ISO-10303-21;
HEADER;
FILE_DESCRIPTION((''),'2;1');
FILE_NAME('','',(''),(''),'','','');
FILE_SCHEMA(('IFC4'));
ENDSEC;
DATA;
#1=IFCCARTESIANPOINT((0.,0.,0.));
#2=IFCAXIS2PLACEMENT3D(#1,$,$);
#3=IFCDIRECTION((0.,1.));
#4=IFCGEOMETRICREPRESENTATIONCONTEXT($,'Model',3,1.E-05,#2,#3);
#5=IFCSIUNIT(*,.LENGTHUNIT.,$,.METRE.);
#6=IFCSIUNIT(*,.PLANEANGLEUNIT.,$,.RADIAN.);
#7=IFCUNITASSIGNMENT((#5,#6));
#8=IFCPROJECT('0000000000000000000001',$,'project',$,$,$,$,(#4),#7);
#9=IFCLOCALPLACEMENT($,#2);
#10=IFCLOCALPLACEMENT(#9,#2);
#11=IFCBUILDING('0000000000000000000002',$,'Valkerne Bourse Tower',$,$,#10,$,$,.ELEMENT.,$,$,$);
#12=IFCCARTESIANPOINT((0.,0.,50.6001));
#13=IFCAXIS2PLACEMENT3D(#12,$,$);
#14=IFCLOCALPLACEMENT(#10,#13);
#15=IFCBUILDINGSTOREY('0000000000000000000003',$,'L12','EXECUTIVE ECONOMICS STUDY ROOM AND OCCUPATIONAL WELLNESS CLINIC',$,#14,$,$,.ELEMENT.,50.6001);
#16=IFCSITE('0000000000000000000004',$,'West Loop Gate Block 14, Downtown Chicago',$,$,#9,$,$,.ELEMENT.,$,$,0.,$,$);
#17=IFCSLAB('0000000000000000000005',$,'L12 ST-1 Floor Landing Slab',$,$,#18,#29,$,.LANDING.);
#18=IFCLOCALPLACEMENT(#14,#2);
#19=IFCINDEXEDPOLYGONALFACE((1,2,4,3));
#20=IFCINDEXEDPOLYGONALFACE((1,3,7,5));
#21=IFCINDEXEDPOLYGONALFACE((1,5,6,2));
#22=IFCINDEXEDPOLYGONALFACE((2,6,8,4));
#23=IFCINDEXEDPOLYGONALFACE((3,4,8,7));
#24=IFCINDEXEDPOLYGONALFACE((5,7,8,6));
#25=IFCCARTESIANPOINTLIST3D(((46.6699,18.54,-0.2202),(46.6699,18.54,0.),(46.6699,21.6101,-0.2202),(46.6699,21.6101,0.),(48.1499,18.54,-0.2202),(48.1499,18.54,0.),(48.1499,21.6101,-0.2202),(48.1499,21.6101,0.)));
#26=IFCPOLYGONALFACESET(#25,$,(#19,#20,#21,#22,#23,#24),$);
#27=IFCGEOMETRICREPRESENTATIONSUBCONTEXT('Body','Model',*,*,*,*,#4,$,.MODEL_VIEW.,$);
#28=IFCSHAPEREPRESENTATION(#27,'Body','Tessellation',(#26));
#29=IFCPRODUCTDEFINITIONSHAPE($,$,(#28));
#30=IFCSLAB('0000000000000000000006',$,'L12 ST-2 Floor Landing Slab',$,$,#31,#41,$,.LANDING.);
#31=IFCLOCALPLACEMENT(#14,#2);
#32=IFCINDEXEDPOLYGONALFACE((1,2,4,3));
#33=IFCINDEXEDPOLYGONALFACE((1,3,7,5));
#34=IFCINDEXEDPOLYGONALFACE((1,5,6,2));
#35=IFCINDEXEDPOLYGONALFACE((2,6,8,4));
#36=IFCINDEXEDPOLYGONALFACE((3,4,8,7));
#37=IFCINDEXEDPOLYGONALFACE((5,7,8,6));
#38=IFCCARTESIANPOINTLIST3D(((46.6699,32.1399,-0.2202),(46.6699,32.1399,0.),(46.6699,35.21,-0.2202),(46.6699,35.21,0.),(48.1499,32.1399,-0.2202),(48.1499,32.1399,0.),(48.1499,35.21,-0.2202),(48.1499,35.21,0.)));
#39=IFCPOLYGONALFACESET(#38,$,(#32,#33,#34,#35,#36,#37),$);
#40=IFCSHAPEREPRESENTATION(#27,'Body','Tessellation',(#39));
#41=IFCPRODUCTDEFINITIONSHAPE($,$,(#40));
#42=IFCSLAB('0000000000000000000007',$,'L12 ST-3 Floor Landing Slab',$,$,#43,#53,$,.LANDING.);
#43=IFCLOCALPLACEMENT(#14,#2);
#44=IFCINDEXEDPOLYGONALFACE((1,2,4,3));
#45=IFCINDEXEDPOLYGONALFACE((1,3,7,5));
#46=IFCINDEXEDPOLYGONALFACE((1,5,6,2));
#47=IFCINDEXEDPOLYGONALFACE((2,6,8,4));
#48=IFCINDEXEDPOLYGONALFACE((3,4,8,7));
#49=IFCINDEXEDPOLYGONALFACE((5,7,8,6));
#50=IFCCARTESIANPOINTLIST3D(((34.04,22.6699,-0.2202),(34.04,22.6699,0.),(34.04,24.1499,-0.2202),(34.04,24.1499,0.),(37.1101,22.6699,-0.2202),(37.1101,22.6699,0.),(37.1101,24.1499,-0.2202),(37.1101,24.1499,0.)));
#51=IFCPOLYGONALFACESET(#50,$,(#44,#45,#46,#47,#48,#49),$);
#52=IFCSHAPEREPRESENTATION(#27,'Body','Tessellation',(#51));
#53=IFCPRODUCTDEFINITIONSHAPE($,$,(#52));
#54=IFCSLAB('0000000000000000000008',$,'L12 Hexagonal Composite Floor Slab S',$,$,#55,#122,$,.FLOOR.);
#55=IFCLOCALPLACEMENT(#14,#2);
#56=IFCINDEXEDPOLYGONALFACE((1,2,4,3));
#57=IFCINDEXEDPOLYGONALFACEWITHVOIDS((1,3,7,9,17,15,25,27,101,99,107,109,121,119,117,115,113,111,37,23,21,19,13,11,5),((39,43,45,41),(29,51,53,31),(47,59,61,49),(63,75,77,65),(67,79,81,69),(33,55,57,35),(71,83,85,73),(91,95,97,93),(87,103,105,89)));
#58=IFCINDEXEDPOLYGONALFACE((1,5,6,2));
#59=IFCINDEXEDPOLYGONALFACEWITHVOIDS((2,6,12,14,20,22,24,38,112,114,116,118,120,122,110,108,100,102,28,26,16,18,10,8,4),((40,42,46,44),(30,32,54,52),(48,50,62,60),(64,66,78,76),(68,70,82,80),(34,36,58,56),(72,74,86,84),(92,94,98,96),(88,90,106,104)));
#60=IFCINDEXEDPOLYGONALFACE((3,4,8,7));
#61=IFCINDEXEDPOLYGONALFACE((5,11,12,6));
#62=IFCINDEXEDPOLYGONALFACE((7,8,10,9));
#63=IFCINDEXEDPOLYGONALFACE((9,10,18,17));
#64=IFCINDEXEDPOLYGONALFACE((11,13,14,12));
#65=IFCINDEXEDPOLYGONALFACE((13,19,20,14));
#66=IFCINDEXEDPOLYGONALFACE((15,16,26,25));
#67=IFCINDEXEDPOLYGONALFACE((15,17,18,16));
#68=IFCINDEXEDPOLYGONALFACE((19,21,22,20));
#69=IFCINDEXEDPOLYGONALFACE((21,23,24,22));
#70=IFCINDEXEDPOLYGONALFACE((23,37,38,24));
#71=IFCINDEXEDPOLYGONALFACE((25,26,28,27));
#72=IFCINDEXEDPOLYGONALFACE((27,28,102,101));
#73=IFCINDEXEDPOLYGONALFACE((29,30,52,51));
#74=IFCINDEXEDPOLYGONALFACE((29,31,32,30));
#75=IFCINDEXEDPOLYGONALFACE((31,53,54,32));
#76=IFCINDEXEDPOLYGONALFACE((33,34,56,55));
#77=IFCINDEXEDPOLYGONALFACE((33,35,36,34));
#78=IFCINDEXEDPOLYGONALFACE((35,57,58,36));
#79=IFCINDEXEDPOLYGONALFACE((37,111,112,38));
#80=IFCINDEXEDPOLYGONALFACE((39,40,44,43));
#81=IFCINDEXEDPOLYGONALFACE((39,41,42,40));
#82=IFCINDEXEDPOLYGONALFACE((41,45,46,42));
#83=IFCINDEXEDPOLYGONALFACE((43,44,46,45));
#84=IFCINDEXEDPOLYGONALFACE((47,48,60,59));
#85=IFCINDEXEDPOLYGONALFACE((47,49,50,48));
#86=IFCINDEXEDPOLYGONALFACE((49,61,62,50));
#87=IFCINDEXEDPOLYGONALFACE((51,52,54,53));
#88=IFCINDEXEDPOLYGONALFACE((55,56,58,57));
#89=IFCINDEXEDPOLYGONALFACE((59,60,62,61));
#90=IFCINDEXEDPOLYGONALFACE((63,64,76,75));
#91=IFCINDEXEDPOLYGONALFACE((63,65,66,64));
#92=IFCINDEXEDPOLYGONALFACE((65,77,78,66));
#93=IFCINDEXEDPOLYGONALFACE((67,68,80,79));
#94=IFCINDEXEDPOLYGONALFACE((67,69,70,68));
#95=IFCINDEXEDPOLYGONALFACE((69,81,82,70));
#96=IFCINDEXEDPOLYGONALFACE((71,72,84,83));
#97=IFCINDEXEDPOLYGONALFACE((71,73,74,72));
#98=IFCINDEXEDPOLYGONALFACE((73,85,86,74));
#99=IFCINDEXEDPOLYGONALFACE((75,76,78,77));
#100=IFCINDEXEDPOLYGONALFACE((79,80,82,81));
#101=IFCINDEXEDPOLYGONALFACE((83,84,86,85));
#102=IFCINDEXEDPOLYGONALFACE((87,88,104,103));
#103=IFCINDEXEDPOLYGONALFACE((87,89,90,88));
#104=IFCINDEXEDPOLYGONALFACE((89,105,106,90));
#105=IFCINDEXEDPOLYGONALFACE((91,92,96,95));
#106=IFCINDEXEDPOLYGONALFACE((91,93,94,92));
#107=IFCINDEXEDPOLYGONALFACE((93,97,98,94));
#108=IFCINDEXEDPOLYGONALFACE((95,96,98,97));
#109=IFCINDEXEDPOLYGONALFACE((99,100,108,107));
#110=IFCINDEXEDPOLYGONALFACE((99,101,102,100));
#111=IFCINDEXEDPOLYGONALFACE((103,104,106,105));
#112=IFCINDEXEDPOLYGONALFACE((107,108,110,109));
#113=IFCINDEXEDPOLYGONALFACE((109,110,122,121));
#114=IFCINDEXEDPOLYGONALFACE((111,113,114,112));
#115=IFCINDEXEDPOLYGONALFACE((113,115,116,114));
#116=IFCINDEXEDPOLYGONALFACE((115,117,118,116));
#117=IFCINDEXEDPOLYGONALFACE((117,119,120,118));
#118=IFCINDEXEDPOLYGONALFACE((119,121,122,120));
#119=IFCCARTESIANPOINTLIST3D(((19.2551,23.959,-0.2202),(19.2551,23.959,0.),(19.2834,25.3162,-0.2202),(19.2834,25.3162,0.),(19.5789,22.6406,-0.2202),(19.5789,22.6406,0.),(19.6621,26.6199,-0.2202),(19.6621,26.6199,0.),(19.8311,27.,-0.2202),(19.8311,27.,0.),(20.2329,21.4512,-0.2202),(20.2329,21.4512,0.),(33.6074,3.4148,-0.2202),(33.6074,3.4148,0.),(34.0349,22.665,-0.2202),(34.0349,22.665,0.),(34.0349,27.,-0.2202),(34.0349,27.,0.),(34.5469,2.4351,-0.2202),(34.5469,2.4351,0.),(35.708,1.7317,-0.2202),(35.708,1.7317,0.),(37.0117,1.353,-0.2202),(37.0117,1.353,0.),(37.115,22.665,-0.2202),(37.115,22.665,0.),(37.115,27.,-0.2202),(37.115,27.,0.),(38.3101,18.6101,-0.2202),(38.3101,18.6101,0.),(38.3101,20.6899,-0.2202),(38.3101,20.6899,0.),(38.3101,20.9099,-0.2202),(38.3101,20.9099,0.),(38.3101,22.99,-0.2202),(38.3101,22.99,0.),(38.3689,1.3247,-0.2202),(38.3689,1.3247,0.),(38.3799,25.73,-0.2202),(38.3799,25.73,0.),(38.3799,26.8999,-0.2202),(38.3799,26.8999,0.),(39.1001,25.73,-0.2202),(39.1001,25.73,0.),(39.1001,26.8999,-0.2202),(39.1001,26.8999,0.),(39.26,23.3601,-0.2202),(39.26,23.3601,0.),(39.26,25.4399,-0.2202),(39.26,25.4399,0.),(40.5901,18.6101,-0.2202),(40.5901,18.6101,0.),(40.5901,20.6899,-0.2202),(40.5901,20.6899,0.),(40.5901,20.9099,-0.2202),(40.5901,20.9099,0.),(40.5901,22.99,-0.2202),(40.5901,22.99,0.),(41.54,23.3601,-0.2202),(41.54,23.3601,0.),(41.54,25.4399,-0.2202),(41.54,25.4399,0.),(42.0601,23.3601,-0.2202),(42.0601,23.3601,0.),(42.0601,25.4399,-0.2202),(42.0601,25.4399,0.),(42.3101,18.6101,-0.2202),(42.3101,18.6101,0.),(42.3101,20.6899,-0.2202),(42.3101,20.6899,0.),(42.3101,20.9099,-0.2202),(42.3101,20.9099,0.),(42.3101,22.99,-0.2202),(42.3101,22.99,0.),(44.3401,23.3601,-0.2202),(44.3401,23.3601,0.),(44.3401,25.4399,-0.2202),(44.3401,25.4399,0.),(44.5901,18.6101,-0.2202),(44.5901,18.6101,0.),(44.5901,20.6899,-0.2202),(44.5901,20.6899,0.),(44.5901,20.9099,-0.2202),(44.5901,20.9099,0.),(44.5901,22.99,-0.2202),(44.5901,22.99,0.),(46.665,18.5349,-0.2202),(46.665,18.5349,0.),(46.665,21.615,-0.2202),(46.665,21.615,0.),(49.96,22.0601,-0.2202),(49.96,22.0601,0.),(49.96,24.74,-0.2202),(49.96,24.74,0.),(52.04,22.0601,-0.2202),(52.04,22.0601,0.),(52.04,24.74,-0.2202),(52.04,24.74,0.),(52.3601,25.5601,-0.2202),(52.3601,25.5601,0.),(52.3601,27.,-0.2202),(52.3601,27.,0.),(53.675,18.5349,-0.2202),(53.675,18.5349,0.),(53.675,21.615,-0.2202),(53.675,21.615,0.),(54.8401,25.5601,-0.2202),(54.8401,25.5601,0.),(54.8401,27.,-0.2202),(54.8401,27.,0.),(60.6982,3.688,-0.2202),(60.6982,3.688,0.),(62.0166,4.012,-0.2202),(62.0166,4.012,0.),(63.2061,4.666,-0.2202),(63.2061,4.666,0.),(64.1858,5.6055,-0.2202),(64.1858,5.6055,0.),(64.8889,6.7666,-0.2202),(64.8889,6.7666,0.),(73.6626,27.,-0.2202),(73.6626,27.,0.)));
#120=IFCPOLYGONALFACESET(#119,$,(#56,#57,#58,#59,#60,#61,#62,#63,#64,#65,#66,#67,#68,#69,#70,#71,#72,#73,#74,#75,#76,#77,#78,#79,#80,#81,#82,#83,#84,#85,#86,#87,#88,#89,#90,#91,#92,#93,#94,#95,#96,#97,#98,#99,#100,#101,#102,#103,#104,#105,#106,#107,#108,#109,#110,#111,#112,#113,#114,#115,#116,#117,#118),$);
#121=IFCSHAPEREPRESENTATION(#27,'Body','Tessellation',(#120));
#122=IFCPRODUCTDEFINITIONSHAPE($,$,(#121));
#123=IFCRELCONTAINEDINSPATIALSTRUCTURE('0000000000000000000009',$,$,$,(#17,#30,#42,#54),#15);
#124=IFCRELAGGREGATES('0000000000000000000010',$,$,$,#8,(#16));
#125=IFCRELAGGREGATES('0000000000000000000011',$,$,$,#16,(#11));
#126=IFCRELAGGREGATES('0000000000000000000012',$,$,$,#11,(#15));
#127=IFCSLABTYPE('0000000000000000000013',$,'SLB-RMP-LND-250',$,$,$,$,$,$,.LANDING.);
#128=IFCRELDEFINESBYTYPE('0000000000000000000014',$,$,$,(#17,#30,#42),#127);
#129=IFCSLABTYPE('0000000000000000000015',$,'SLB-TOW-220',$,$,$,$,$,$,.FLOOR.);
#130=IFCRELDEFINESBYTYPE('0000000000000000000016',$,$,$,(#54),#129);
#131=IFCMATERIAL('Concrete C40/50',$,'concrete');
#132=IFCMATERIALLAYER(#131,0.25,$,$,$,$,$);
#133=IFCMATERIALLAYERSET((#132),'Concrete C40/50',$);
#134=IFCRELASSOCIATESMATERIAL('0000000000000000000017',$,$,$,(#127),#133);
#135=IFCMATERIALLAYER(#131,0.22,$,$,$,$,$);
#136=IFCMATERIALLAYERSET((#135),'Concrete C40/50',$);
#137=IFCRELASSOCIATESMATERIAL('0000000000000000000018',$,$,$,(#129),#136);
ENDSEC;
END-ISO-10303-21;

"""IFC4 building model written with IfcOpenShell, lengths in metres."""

from ifc_helpers import new_model, si_unit, direction, frame, origin, place, context, subcontext, project, spatial, polyline, outline, extrude, material, layer, layer_set, type_object, element, save


model = new_model("IFC4")

# Units and contexts
model_context = context("Model", 3, precision=1e-05, world=origin(), true_north=direction((0.0, 1.0)))
body_context = subcontext(model_context, "Body", "Model", "MODEL_VIEW")
ifc_project = project(units=[si_unit("LENGTHUNIT", "METRE"), si_unit("PLANEANGLEUNIT", "RADIAN")], contexts=[model_context])

# Site, building, storey
site_placement = place(None, origin())
site = spatial("IfcSite", under=ifc_project, at=site_placement, Name="West Loop Gate Block 14, Downtown Chicago", CompositionType="ELEMENT", RefElevation=0.0)
building_placement = place(site_placement, origin())
building = spatial("IfcBuilding", under=site, at=building_placement, Name="Valkerne Bourse Tower", CompositionType="ELEMENT")
storey_placement = place(building_placement, frame((0.0, 0.0, 50.6001)))
storey = spatial("IfcBuildingStorey", under=building, at=storey_placement, Name="L12", Description="EXECUTIVE ECONOMICS STUDY ROOM AND OCCUPATIONAL WELLNESS CLINIC", CompositionType="ELEMENT", Elevation=50.6001)

# Slabs
ifc_material_1 = material(Name="Concrete C40/50", Category="concrete")
ifc_layer_1 = layer(ifc_material_1, 0.25)
ifc_layer_set_1 = layer_set([ifc_layer_1], Name="Concrete C40/50")
slab_type_1 = type_object("IfcSlabType", Name="SLB-RMP-LND-250", PredefinedType="LANDING", material=ifc_layer_set_1)
slab_1_placement = place(storey_placement, frame((0.0, 0.0, -0.2202)))
element("IfcSlab", 1, at=slab_1_placement, inside=storey, type_object=slab_type_1, Name="L12 ST-1 Floor Landing Slab", PredefinedType="LANDING", context=body_context, shape_type="SweptSolid", body=[
    extrude(outline(polyline([(46.6699, 18.54), (48.1499, 18.54), (48.1499, 21.6101), (46.6699, 21.6101), (46.6699, 18.54)])), origin(), (0.0, 0.0, 1.0), 0.2202),
])
slab_2_placement = place(storey_placement, frame((0.0, 0.0, -0.2202)))
element("IfcSlab", 2, at=slab_2_placement, inside=storey, type_object=slab_type_1, Name="L12 ST-2 Floor Landing Slab", PredefinedType="LANDING", context=body_context, shape_type="SweptSolid", body=[
    extrude(outline(polyline([(46.6699, 32.1399), (48.1499, 32.1399), (48.1499, 35.21), (46.6699, 35.21), (46.6699, 32.1399)])), origin(), (0.0, 0.0, 1.0), 0.2202),
])
slab_3_placement = place(storey_placement, frame((0.0, 0.0, -0.2202)))
element("IfcSlab", 3, at=slab_3_placement, inside=storey, type_object=slab_type_1, Name="L12 ST-3 Floor Landing Slab", PredefinedType="LANDING", context=body_context, shape_type="SweptSolid", body=[
    extrude(outline(polyline([(37.1101, 22.6699), (37.1101, 24.1499), (34.04, 24.1499), (34.04, 22.6699), (37.1101, 22.6699)])), origin(), (0.0, 0.0, 1.0), 0.2202),
])
ifc_layer_2 = layer(ifc_material_1, 0.22)
ifc_layer_set_2 = layer_set([ifc_layer_2], Name="Concrete C40/50")
slab_type_2 = type_object("IfcSlabType", Name="SLB-TOW-220", PredefinedType="FLOOR", material=ifc_layer_set_2)
slab_4_placement = place(storey_placement, frame((0.0, 0.0, -0.2202)))
element("IfcSlab", 4, at=slab_4_placement, inside=storey, type_object=slab_type_2, Name="L12 Hexagonal Composite Floor Slab S", PredefinedType="FLOOR", context=body_context, shape_type="SweptSolid", body=[
    extrude(outline(polyline([(64.1858, 5.6055), (63.2061, 4.666), (62.0166, 4.012), (60.6982, 3.688), (38.3689, 1.3247), (37.0117, 1.353), (35.708, 1.7317), (34.5469, 2.4351), (33.6074, 3.4148), (20.2329, 21.4512), (19.5789, 22.6406), (19.2551, 23.959), (19.2834, 25.3162), (19.6621, 26.6199), (19.8311, 27.0), (34.0349, 27.0), (34.0349, 22.665), (37.115, 22.665), (37.115, 27.0), (52.3601, 27.0), (52.3601, 25.5601), (54.8401, 25.5601), (54.8401, 27.0), (73.6626, 27.0), (64.8889, 6.7666), (64.1858, 5.6055)]), holes=[polyline([(40.5901, 20.6899), (38.3101, 20.6899), (38.3101, 18.6101), (40.5901, 18.6101), (40.5901, 20.6899)]), polyline([(40.5901, 22.99), (38.3101, 22.99), (38.3101, 20.9099), (40.5901, 20.9099), (40.5901, 22.99)]), polyline([(41.54, 25.4399), (39.26, 25.4399), (39.26, 23.3601), (41.54, 23.3601), (41.54, 25.4399)]), polyline([(39.1001, 25.73), (39.1001, 26.8999), (38.3799, 26.8999), (38.3799, 25.73), (39.1001, 25.73)]), polyline([(44.5901, 20.6899), (42.3101, 20.6899), (42.3101, 18.6101), (44.5901, 18.6101), (44.5901, 20.6899)]), polyline([(53.675, 21.615), (46.665, 21.615), (46.665, 18.5349), (53.675, 18.5349), (53.675, 21.615)]), polyline([(44.5901, 22.99), (42.3101, 22.99), (42.3101, 20.9099), (44.5901, 20.9099), (44.5901, 22.99)]), polyline([(52.04, 22.0601), (52.04, 24.74), (49.96, 24.74), (49.96, 22.0601), (52.04, 22.0601)]), polyline([(44.3401, 23.3601), (44.3401, 25.4399), (42.0601, 25.4399), (42.0601, 23.3601), (44.3401, 23.3601)])]), origin(), (0.0, 0.0, 1.0), 0.2202),
])

save(model, "model.ifc")
